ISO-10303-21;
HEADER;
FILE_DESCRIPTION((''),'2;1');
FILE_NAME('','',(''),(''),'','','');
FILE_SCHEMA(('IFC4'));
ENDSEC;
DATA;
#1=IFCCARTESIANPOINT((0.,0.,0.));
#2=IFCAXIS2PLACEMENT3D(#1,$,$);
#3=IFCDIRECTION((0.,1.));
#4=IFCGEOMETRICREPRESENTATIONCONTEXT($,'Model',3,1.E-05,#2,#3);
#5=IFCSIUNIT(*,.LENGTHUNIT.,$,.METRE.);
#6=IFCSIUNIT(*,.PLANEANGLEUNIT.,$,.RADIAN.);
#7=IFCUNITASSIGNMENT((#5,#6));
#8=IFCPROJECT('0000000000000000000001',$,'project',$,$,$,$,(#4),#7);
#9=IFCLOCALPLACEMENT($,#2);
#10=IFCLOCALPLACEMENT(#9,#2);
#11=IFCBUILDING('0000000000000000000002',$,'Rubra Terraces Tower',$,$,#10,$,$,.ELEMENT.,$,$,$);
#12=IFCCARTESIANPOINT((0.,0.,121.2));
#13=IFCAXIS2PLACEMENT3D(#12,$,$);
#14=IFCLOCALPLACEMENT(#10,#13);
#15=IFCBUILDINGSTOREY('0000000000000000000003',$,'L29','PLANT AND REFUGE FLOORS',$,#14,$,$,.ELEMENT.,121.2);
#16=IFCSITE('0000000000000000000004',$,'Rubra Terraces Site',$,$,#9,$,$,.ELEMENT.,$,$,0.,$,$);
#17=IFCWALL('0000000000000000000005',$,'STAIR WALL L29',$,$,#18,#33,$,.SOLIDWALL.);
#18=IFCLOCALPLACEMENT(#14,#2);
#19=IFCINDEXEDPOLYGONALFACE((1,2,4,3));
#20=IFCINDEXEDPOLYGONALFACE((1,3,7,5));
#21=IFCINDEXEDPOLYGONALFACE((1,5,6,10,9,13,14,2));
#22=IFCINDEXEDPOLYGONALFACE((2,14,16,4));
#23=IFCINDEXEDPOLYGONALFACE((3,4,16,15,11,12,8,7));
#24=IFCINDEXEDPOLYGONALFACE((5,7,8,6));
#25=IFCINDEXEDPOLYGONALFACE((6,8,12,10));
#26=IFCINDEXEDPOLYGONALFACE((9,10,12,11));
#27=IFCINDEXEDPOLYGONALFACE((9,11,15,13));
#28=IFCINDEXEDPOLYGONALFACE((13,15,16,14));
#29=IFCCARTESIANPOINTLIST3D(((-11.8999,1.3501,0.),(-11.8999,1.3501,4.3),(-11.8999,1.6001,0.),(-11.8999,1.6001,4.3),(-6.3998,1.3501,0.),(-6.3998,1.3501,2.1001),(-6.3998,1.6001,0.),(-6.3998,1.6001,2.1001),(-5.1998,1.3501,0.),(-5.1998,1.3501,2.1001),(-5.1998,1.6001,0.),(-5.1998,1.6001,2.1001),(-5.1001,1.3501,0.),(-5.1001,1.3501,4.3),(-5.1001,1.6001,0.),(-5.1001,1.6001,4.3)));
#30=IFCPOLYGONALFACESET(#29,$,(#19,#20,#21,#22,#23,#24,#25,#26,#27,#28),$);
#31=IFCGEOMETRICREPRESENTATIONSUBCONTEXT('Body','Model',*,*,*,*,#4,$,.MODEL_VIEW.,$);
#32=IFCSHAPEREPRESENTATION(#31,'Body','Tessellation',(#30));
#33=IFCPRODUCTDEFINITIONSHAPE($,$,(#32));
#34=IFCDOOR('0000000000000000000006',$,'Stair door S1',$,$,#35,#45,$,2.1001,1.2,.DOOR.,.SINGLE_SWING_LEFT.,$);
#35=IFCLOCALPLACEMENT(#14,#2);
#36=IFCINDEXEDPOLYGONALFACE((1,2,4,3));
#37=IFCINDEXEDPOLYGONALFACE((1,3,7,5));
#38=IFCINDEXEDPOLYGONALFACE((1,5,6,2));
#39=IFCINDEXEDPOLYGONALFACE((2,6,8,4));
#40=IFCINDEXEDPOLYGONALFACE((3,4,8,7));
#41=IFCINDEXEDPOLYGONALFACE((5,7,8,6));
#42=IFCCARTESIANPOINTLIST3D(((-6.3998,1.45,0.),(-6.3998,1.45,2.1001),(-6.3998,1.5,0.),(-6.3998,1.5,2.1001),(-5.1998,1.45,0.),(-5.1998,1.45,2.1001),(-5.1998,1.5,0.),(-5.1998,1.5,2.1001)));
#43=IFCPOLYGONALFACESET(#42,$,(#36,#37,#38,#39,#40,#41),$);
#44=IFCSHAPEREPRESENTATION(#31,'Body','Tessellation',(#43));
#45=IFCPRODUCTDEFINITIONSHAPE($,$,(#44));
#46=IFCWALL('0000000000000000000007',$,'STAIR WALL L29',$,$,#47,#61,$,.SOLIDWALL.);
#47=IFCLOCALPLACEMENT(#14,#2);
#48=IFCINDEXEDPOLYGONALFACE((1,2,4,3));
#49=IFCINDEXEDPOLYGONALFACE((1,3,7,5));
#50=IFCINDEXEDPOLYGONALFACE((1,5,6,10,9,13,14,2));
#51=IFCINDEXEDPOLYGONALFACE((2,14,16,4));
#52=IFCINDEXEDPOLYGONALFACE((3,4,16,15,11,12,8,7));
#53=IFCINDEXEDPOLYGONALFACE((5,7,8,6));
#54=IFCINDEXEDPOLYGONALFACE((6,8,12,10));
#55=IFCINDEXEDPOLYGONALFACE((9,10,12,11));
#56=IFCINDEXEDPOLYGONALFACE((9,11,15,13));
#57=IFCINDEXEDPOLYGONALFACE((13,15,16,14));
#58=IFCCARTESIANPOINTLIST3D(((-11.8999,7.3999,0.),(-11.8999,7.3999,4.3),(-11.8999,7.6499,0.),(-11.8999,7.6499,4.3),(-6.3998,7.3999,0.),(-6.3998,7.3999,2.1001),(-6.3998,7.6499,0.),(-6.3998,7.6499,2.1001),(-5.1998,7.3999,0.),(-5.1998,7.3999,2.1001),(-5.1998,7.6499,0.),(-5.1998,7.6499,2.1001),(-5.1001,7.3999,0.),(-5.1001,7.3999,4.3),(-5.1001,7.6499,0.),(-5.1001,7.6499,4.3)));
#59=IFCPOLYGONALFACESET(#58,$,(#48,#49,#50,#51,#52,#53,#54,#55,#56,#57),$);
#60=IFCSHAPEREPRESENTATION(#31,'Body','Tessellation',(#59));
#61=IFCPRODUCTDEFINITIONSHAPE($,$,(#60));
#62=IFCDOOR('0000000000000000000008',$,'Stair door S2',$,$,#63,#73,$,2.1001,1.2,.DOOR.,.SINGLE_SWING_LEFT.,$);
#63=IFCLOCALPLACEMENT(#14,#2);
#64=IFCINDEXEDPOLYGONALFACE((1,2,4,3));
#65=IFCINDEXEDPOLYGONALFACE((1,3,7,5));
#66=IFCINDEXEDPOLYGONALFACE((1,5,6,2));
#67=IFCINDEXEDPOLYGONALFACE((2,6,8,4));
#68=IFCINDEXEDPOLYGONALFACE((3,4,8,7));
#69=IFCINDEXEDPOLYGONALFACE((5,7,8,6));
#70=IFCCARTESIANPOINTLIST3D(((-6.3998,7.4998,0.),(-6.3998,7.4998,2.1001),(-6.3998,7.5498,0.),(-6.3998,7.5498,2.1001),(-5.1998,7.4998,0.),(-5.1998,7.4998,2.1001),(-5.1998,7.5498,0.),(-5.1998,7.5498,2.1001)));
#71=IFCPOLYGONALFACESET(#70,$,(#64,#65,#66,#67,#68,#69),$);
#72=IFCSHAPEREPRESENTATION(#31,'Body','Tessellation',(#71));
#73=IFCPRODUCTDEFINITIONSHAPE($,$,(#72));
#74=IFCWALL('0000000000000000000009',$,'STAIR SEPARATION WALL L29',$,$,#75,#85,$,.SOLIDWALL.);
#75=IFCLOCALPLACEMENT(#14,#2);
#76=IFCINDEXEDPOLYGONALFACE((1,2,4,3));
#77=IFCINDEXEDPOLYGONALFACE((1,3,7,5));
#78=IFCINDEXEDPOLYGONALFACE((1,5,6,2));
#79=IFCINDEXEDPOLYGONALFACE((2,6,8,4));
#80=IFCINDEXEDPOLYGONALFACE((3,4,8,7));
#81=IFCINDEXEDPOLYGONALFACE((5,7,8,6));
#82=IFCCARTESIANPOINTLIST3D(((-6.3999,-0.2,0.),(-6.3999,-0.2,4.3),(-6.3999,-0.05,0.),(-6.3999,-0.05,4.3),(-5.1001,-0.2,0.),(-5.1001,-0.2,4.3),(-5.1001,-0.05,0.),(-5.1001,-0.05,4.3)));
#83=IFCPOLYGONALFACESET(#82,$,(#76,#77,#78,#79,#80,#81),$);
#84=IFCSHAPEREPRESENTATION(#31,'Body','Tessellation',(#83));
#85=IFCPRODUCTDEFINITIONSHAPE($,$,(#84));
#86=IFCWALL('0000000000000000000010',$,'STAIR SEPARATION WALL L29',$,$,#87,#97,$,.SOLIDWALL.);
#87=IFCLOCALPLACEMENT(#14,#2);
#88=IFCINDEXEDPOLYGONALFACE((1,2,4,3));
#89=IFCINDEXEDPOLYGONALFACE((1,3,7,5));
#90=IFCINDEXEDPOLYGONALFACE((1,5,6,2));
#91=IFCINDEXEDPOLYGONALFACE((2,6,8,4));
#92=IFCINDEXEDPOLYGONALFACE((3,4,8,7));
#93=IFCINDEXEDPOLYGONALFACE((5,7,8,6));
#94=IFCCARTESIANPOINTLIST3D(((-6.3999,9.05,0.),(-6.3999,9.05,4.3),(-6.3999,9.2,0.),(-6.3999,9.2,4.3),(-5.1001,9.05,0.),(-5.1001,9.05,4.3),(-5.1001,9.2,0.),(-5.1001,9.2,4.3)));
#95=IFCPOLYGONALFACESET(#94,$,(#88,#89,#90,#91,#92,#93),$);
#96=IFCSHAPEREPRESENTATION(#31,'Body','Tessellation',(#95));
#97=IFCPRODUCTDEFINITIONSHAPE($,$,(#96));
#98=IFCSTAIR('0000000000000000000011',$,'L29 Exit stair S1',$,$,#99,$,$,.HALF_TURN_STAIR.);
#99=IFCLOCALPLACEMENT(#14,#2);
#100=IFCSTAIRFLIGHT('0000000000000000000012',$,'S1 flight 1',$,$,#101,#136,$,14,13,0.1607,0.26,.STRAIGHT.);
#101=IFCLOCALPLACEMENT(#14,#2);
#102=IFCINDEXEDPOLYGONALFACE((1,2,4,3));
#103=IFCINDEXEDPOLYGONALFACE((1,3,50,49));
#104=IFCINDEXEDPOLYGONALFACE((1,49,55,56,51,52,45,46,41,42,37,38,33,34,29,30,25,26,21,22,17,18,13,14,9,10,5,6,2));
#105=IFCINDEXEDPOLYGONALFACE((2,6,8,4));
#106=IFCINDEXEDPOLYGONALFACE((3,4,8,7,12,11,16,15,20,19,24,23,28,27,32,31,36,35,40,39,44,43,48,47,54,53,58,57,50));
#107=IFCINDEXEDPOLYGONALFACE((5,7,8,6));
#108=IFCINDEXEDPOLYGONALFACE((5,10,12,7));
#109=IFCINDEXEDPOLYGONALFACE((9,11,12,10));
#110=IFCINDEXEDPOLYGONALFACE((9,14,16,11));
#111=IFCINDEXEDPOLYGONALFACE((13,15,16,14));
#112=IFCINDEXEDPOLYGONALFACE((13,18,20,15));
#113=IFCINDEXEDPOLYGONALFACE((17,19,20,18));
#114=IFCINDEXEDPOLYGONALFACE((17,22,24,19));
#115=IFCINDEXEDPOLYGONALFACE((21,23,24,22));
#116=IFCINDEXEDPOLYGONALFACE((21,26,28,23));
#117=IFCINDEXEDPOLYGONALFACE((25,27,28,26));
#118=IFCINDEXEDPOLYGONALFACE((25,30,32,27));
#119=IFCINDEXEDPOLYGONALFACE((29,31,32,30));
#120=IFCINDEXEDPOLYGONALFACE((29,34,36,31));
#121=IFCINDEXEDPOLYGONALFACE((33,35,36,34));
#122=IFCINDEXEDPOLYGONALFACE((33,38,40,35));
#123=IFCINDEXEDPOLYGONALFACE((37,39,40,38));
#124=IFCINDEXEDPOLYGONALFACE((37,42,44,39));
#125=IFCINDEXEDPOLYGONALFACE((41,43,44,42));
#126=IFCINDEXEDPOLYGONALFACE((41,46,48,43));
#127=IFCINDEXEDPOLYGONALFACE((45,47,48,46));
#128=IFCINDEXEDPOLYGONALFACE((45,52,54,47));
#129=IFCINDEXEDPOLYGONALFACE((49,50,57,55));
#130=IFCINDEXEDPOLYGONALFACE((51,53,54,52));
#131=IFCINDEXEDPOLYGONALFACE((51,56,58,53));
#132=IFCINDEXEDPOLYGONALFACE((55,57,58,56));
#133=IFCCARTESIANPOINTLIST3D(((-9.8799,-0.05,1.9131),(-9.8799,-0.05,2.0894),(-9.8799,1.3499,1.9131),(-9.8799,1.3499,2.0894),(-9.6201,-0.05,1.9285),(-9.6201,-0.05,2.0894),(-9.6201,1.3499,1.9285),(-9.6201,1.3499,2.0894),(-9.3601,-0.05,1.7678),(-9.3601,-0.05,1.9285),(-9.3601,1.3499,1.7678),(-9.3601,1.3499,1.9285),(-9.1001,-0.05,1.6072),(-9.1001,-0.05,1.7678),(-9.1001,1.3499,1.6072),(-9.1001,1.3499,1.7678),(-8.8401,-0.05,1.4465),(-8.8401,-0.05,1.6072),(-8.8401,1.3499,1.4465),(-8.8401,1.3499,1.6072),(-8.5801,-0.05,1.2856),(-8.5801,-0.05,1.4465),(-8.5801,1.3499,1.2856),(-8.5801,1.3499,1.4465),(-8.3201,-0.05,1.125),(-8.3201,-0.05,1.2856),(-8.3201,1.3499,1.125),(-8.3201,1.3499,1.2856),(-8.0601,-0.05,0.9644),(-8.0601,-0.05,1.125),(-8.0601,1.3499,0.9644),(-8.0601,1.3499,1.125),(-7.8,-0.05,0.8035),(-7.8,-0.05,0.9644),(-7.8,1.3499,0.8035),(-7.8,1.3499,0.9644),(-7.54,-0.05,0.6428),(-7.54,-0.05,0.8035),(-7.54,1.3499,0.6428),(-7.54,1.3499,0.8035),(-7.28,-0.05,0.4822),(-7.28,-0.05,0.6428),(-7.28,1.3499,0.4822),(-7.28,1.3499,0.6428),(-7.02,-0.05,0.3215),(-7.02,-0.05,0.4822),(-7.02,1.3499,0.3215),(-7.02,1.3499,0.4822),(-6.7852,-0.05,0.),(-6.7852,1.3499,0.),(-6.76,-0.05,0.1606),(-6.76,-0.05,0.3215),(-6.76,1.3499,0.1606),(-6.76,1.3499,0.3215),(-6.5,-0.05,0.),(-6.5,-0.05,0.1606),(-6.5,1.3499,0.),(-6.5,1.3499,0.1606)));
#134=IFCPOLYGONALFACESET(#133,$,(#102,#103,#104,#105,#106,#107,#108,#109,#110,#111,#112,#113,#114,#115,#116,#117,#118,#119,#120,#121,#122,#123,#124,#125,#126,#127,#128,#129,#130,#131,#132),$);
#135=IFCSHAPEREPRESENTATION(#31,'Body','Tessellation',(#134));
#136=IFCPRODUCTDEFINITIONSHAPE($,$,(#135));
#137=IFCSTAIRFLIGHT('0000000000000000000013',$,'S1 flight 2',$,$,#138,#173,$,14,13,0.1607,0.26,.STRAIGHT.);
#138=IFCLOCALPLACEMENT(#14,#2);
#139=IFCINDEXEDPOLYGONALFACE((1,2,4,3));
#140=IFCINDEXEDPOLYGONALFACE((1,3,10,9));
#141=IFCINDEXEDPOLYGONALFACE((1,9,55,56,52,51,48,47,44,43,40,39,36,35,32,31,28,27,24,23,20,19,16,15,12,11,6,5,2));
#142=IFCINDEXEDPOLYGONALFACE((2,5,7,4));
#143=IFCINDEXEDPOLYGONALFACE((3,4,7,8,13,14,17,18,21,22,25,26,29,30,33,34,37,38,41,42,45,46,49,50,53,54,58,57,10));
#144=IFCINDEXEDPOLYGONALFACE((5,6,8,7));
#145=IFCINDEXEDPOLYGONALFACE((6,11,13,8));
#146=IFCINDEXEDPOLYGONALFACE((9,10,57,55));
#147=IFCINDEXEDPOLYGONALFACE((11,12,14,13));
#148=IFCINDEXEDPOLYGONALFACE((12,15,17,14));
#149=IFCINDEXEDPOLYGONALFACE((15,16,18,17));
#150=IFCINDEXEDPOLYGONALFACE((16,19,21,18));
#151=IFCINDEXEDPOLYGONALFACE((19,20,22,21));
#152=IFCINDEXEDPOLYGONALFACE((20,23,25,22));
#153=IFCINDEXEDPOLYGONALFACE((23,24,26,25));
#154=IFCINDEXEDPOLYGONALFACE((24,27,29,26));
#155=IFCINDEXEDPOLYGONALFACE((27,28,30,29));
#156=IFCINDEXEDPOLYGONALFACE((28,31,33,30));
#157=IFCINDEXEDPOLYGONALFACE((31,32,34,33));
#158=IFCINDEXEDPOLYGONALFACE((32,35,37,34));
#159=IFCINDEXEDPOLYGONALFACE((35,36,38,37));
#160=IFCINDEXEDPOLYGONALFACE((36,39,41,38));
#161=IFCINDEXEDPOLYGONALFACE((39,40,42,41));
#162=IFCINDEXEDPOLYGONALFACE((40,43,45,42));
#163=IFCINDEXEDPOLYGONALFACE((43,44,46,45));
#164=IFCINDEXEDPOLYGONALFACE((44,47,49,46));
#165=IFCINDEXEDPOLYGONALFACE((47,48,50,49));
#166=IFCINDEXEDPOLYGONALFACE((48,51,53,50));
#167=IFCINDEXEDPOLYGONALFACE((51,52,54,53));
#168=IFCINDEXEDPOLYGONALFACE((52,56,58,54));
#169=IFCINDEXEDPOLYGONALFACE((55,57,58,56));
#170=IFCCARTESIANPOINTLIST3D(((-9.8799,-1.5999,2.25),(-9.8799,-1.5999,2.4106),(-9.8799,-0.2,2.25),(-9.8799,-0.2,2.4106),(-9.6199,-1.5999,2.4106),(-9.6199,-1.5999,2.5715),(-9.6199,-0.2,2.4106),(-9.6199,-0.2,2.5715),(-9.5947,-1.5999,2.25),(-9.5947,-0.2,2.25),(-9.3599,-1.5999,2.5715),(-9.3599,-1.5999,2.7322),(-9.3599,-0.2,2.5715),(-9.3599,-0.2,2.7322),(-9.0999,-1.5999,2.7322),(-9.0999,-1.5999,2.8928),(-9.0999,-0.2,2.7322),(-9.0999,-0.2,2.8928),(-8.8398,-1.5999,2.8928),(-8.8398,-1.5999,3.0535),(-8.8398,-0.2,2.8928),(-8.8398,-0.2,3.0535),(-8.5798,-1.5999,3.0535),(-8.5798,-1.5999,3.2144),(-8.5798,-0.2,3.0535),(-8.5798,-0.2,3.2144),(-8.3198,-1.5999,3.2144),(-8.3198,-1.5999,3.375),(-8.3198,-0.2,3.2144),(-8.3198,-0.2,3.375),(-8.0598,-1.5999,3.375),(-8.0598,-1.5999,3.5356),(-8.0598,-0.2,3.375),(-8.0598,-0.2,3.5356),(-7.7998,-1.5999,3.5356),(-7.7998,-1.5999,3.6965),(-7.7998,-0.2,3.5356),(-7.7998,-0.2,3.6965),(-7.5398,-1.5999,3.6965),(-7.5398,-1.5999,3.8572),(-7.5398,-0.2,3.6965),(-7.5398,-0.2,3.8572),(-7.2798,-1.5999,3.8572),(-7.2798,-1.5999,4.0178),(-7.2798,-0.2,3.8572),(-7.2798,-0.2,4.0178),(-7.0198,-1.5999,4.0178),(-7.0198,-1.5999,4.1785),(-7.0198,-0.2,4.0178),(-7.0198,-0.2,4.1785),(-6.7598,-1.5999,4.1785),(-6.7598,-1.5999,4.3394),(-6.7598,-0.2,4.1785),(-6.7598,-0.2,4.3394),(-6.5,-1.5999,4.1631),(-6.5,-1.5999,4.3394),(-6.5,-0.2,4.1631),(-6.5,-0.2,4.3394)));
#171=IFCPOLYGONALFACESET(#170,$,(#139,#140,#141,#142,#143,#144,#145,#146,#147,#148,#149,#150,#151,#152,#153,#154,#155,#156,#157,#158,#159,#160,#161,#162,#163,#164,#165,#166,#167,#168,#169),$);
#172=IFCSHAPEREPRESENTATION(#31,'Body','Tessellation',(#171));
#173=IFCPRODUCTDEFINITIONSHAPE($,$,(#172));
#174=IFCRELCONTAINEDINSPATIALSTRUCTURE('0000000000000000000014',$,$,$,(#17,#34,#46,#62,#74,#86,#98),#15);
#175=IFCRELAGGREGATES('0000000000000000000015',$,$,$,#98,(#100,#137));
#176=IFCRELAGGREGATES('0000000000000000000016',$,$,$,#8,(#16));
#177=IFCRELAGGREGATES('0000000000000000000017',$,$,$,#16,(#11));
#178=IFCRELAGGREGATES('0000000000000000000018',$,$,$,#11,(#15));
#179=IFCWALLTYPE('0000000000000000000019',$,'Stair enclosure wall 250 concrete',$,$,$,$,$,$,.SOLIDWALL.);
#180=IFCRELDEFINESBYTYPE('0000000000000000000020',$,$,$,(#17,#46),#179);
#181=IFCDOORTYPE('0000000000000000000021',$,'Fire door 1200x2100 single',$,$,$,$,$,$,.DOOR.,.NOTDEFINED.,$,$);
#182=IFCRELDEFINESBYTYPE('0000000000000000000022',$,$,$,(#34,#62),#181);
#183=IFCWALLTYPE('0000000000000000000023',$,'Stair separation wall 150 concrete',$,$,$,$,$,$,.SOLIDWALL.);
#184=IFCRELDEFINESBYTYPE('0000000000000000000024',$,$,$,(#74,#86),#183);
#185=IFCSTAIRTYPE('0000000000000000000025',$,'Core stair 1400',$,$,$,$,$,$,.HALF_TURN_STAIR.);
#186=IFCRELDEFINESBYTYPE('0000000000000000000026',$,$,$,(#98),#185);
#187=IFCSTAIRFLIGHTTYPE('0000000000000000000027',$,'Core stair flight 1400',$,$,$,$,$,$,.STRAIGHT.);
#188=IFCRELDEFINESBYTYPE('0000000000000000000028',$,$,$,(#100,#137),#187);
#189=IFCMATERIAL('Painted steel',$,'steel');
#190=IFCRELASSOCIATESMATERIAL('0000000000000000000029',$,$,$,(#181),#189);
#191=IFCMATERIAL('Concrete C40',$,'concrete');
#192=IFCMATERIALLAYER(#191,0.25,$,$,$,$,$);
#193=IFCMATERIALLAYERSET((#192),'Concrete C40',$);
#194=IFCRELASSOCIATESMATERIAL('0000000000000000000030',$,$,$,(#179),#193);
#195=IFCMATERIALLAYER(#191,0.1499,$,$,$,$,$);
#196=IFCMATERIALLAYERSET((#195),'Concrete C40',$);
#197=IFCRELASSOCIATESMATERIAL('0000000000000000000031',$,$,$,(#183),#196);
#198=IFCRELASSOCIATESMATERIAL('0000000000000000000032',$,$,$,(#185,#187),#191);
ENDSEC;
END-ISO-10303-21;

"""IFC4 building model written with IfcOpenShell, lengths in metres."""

from ifc_helpers import new_model, si_unit, direction, frame, frame_2d, origin, place, context, subcontext, project, spatial, polyline, rectangle, outline, extrude, material, layer, layer_set, type_object, element, fill, aggregate, save


model = new_model("IFC4")

# Units and contexts
model_context = context("Model", 3, precision=1e-05, world=origin(), true_north=direction((0.0, 1.0)))
body_context = subcontext(model_context, "Body", "Model", "MODEL_VIEW")
ifc_project = project(units=[si_unit("LENGTHUNIT", "METRE"), si_unit("PLANEANGLEUNIT", "RADIAN")], contexts=[model_context])

# Site, building, storey
site_placement = place(None, origin())
site = spatial("IfcSite", under=ifc_project, at=site_placement, Name="Rubra Terraces Site", CompositionType="ELEMENT", RefElevation=0.0)
building_placement = place(site_placement, origin())
building = spatial("IfcBuilding", under=site, at=building_placement, Name="Rubra Terraces Tower", CompositionType="ELEMENT")
storey_placement = place(building_placement, frame((0.0, 0.0, 121.2)))
storey = spatial("IfcBuildingStorey", under=building, at=storey_placement, Name="L29", Description="PLANT AND REFUGE FLOORS", CompositionType="ELEMENT", Elevation=121.2)

# Shared definitions
ifc_material_1 = material(Name="Concrete C40", Category="concrete")

# Shared definitions
ifc_material_2 = material(Name="Painted steel", Category="steel")
door_type_1 = type_object("IfcDoorType", Name="Fire door 1200x2100 single", OperationType="NOTDEFINED", PredefinedType="DOOR", material=ifc_material_2)

# Walls, openings, doors
ifc_layer_1 = layer(ifc_material_1, 0.25)
ifc_layer_set_1 = layer_set([ifc_layer_1], Name="Concrete C40")
wall_type_1 = type_object("IfcWallType", Name="Stair enclosure wall 250 concrete", PredefinedType="SOLIDWALL", material=ifc_layer_set_1)
wall_1_placement = place(storey_placement, frame((-11.8999, 1.4751, 0.0), z_axis=(0.0, 0.0, 1.0), x_axis=(1.0, 0.0, 0.0)))
wall_1 = element("IfcWall", 1, at=wall_1_placement, inside=storey, type_object=wall_type_1, Name="STAIR WALL L29", PredefinedType="SOLIDWALL", context=body_context, shape_type="SweptSolid", body=[
    extrude(rectangle(XDim=6.7998, YDim=0.25, at=frame_2d((3.3999, 0.0))), origin(), (0.0, 0.0, 1.0), 4.3),
])
opening_1_placement = place(wall_1_placement, frame((5.5, 0.0, 0.0)))
opening_1 = element("IfcOpeningElement", 2, at=opening_1_placement, cuts=wall_1, PredefinedType="OPENING", context=body_context, shape_type="SweptSolid", body=[
    extrude(rectangle(XDim=1.2, YDim=2.1001, at=frame_2d((0.6001, 1.05))), frame((0.0, 0.135, 0.0), z_axis=(0.0, -1.0, 0.0), x_axis=(1.0, 0.0, 0.0)), (0.0, 0.0, 1.0), 0.27),
])
door_1_placement = place(opening_1_placement, origin())
door_1 = element("IfcDoor", 3, at=door_1_placement, inside=storey, type_object=door_type_1, Name="Stair door S1", OperationType="SINGLE_SWING_LEFT", OverallHeight=2.1001, OverallWidth=1.2, PredefinedType="DOOR", context=body_context, shape_type="SweptSolid", body=[
    extrude(rectangle(XDim=1.2, YDim=2.1001, at=frame_2d((0.6001, 1.05))), frame((0.0, 0.0249, 0.0), z_axis=(0.0, -1.0, 0.0), x_axis=(1.0, 0.0, 0.0)), (0.0, 0.0, 1.0), 0.05),
])
fill(opening_1, door_1)
wall_2_placement = place(storey_placement, frame((-11.8999, 7.5249, 0.0), z_axis=(0.0, 0.0, 1.0), x_axis=(1.0, 0.0, 0.0)))
wall_2 = element("IfcWall", 4, at=wall_2_placement, inside=storey, type_object=wall_type_1, Name="STAIR WALL L29", PredefinedType="SOLIDWALL", context=body_context, shape_type="SweptSolid", body=[
    extrude(rectangle(XDim=6.7998, YDim=0.25, at=frame_2d((3.3999, 0.0))), origin(), (0.0, 0.0, 1.0), 4.3),
])
opening_2_placement = place(wall_2_placement, frame((5.5, 0.0, 0.0)))
opening_2 = element("IfcOpeningElement", 5, at=opening_2_placement, cuts=wall_2, PredefinedType="OPENING", context=body_context, shape_type="SweptSolid", body=[
    extrude(rectangle(XDim=1.2, YDim=2.1001, at=frame_2d((0.6001, 1.05))), frame((0.0, 0.135, 0.0), z_axis=(0.0, -1.0, 0.0), x_axis=(1.0, 0.0, 0.0)), (0.0, 0.0, 1.0), 0.27),
])
door_2_placement = place(opening_2_placement, origin())
door_2 = element("IfcDoor", 6, at=door_2_placement, inside=storey, type_object=door_type_1, Name="Stair door S2", OperationType="SINGLE_SWING_LEFT", OverallHeight=2.1001, OverallWidth=1.2, PredefinedType="DOOR", context=body_context, shape_type="SweptSolid", body=[
    extrude(rectangle(XDim=1.2, YDim=2.1001, at=frame_2d((0.6001, 1.05))), frame((0.0, 0.0249, 0.0), z_axis=(0.0, -1.0, 0.0), x_axis=(1.0, 0.0, 0.0)), (0.0, 0.0, 1.0), 0.05),
])
fill(opening_2, door_2)

# Walls
ifc_layer_2 = layer(ifc_material_1, 0.1499)
ifc_layer_set_2 = layer_set([ifc_layer_2], Name="Concrete C40")
wall_type_2 = type_object("IfcWallType", Name="Stair separation wall 150 concrete", PredefinedType="SOLIDWALL", material=ifc_layer_set_2)
for number, where, z_axis, x_axis, name in (
    (7, (-6.3999, -0.125, 0.0), (0.0, 0.0, 1.0), (1.0, 0.0, 0.0), "STAIR SEPARATION WALL L29"),
    (8, (-6.3999, 9.125, 0.0), (0.0, 0.0, 1.0), (1.0, 0.0, 0.0), "STAIR SEPARATION WALL L29"),
):
    element("IfcWall", number, at=place(storey_placement, frame(where, z_axis=z_axis, x_axis=x_axis)), inside=storey, type_object=wall_type_2, Name=name, PredefinedType="SOLIDWALL", context=body_context, shape_type="SweptSolid", body=[
        extrude(rectangle(XDim=1.2998, YDim=0.1499, at=frame_2d((0.6499, 0.0))), origin(), (0.0, 0.0, 1.0), 4.3),
    ])

# Stair, stair flights
stair_type = type_object("IfcStairType", Name="Core stair 1400", PredefinedType="HALF_TURN_STAIR", material=ifc_material_1)
stair_1_placement = place(storey_placement, origin())
stair_1 = element("IfcStair", 9, at=stair_1_placement, inside=storey, type_object=stair_type, Name="L29 Exit stair S1", PredefinedType="HALF_TURN_STAIR")
stair_flight_type = type_object("IfcStairFlightType", Name="Core stair flight 1400", PredefinedType="STRAIGHT", material=ifc_material_1)
stair_flight_1_placement = place(storey_placement, frame((-6.5, 0.6499, 0.0), z_axis=(0.0, 0.0, 1.0), x_axis=(-1.0, 0.0, 0.0)))
stair_flight_1 = element("IfcStairFlight", 10, at=stair_flight_1_placement, type_object=stair_flight_type, Name="S1 flight 1", NumberOfRisers=14, NumberOfTreads=13, PredefinedType="STRAIGHT", RiserHeight=0.1607, TreadLength=0.26, context=body_context, shape_type="SweptSolid", body=[
    extrude(outline(polyline([(0.0, 0.0), (0.0, 0.1606), (0.26, 0.1606), (0.26, 0.3215), (0.52, 0.3215), (0.52, 0.4822), (0.78, 0.4822), (0.78, 0.6428), (1.04, 0.6428), (1.04, 0.8035), (1.3, 0.8035), (1.3, 0.9644), (1.5601, 0.9644), (1.5601, 1.125), (1.8201, 1.125), (1.8201, 1.2856), (2.0801, 1.2856), (2.0801, 1.4465), (2.3401, 1.4465), (2.3401, 1.6072), (2.6001, 1.6072), (2.6001, 1.7678), (2.8601, 1.7678), (2.8601, 1.9285), (3.1201, 1.9285), (3.1201, 2.0894), (3.3799, 2.0894), (3.3799, 2.25), (3.3799, 1.9131), (0.2852, 0.0), (0.0, 0.0)])), frame((0.0, 0.7, 0.0), z_axis=(0.0, -1.0, 0.0), x_axis=(1.0, 0.0, 0.0)), (0.0, 0.0, 1.0), 1.3999),
])
stair_flight_2_placement = place(storey_placement, frame((-9.8799, -0.8999, 2.25), z_axis=(0.0, 0.0, 1.0), x_axis=(1.0, 0.0, 0.0)))
stair_flight_2 = element("IfcStairFlight", 11, at=stair_flight_2_placement, type_object=stair_flight_type, Name="S1 flight 2", NumberOfRisers=14, NumberOfTreads=13, PredefinedType="STRAIGHT", RiserHeight=0.1607, TreadLength=0.26, context=body_context, shape_type="SweptSolid", body=[
    extrude(outline(polyline([(0.0, 0.0), (0.0, 0.1606), (0.26, 0.1606), (0.26, 0.3215), (0.52, 0.3215), (0.52, 0.4822), (0.78, 0.4822), (0.78, 0.6428), (1.04, 0.6428), (1.04, 0.8035), (1.3, 0.8035), (1.3, 0.9644), (1.5601, 0.9644), (1.5601, 1.125), (1.8201, 1.125), (1.8201, 1.2856), (2.0801, 1.2856), (2.0801, 1.4465), (2.3401, 1.4465), (2.3401, 1.6072), (2.6001, 1.6072), (2.6001, 1.7678), (2.8601, 1.7678), (2.8601, 1.9285), (3.1201, 1.9285), (3.1201, 2.0894), (3.3799, 2.0894), (3.3799, 2.25), (3.3799, 1.9131), (0.2852, 0.0), (0.0, 0.0)])), frame((0.0, 0.7, 0.0), z_axis=(0.0, -1.0, 0.0), x_axis=(1.0, 0.0, 0.0)), (0.0, 0.0, 1.0), 1.3999),
])
aggregate(stair_1, [stair_flight_1, stair_flight_2])

save(model, "model.ifc")
